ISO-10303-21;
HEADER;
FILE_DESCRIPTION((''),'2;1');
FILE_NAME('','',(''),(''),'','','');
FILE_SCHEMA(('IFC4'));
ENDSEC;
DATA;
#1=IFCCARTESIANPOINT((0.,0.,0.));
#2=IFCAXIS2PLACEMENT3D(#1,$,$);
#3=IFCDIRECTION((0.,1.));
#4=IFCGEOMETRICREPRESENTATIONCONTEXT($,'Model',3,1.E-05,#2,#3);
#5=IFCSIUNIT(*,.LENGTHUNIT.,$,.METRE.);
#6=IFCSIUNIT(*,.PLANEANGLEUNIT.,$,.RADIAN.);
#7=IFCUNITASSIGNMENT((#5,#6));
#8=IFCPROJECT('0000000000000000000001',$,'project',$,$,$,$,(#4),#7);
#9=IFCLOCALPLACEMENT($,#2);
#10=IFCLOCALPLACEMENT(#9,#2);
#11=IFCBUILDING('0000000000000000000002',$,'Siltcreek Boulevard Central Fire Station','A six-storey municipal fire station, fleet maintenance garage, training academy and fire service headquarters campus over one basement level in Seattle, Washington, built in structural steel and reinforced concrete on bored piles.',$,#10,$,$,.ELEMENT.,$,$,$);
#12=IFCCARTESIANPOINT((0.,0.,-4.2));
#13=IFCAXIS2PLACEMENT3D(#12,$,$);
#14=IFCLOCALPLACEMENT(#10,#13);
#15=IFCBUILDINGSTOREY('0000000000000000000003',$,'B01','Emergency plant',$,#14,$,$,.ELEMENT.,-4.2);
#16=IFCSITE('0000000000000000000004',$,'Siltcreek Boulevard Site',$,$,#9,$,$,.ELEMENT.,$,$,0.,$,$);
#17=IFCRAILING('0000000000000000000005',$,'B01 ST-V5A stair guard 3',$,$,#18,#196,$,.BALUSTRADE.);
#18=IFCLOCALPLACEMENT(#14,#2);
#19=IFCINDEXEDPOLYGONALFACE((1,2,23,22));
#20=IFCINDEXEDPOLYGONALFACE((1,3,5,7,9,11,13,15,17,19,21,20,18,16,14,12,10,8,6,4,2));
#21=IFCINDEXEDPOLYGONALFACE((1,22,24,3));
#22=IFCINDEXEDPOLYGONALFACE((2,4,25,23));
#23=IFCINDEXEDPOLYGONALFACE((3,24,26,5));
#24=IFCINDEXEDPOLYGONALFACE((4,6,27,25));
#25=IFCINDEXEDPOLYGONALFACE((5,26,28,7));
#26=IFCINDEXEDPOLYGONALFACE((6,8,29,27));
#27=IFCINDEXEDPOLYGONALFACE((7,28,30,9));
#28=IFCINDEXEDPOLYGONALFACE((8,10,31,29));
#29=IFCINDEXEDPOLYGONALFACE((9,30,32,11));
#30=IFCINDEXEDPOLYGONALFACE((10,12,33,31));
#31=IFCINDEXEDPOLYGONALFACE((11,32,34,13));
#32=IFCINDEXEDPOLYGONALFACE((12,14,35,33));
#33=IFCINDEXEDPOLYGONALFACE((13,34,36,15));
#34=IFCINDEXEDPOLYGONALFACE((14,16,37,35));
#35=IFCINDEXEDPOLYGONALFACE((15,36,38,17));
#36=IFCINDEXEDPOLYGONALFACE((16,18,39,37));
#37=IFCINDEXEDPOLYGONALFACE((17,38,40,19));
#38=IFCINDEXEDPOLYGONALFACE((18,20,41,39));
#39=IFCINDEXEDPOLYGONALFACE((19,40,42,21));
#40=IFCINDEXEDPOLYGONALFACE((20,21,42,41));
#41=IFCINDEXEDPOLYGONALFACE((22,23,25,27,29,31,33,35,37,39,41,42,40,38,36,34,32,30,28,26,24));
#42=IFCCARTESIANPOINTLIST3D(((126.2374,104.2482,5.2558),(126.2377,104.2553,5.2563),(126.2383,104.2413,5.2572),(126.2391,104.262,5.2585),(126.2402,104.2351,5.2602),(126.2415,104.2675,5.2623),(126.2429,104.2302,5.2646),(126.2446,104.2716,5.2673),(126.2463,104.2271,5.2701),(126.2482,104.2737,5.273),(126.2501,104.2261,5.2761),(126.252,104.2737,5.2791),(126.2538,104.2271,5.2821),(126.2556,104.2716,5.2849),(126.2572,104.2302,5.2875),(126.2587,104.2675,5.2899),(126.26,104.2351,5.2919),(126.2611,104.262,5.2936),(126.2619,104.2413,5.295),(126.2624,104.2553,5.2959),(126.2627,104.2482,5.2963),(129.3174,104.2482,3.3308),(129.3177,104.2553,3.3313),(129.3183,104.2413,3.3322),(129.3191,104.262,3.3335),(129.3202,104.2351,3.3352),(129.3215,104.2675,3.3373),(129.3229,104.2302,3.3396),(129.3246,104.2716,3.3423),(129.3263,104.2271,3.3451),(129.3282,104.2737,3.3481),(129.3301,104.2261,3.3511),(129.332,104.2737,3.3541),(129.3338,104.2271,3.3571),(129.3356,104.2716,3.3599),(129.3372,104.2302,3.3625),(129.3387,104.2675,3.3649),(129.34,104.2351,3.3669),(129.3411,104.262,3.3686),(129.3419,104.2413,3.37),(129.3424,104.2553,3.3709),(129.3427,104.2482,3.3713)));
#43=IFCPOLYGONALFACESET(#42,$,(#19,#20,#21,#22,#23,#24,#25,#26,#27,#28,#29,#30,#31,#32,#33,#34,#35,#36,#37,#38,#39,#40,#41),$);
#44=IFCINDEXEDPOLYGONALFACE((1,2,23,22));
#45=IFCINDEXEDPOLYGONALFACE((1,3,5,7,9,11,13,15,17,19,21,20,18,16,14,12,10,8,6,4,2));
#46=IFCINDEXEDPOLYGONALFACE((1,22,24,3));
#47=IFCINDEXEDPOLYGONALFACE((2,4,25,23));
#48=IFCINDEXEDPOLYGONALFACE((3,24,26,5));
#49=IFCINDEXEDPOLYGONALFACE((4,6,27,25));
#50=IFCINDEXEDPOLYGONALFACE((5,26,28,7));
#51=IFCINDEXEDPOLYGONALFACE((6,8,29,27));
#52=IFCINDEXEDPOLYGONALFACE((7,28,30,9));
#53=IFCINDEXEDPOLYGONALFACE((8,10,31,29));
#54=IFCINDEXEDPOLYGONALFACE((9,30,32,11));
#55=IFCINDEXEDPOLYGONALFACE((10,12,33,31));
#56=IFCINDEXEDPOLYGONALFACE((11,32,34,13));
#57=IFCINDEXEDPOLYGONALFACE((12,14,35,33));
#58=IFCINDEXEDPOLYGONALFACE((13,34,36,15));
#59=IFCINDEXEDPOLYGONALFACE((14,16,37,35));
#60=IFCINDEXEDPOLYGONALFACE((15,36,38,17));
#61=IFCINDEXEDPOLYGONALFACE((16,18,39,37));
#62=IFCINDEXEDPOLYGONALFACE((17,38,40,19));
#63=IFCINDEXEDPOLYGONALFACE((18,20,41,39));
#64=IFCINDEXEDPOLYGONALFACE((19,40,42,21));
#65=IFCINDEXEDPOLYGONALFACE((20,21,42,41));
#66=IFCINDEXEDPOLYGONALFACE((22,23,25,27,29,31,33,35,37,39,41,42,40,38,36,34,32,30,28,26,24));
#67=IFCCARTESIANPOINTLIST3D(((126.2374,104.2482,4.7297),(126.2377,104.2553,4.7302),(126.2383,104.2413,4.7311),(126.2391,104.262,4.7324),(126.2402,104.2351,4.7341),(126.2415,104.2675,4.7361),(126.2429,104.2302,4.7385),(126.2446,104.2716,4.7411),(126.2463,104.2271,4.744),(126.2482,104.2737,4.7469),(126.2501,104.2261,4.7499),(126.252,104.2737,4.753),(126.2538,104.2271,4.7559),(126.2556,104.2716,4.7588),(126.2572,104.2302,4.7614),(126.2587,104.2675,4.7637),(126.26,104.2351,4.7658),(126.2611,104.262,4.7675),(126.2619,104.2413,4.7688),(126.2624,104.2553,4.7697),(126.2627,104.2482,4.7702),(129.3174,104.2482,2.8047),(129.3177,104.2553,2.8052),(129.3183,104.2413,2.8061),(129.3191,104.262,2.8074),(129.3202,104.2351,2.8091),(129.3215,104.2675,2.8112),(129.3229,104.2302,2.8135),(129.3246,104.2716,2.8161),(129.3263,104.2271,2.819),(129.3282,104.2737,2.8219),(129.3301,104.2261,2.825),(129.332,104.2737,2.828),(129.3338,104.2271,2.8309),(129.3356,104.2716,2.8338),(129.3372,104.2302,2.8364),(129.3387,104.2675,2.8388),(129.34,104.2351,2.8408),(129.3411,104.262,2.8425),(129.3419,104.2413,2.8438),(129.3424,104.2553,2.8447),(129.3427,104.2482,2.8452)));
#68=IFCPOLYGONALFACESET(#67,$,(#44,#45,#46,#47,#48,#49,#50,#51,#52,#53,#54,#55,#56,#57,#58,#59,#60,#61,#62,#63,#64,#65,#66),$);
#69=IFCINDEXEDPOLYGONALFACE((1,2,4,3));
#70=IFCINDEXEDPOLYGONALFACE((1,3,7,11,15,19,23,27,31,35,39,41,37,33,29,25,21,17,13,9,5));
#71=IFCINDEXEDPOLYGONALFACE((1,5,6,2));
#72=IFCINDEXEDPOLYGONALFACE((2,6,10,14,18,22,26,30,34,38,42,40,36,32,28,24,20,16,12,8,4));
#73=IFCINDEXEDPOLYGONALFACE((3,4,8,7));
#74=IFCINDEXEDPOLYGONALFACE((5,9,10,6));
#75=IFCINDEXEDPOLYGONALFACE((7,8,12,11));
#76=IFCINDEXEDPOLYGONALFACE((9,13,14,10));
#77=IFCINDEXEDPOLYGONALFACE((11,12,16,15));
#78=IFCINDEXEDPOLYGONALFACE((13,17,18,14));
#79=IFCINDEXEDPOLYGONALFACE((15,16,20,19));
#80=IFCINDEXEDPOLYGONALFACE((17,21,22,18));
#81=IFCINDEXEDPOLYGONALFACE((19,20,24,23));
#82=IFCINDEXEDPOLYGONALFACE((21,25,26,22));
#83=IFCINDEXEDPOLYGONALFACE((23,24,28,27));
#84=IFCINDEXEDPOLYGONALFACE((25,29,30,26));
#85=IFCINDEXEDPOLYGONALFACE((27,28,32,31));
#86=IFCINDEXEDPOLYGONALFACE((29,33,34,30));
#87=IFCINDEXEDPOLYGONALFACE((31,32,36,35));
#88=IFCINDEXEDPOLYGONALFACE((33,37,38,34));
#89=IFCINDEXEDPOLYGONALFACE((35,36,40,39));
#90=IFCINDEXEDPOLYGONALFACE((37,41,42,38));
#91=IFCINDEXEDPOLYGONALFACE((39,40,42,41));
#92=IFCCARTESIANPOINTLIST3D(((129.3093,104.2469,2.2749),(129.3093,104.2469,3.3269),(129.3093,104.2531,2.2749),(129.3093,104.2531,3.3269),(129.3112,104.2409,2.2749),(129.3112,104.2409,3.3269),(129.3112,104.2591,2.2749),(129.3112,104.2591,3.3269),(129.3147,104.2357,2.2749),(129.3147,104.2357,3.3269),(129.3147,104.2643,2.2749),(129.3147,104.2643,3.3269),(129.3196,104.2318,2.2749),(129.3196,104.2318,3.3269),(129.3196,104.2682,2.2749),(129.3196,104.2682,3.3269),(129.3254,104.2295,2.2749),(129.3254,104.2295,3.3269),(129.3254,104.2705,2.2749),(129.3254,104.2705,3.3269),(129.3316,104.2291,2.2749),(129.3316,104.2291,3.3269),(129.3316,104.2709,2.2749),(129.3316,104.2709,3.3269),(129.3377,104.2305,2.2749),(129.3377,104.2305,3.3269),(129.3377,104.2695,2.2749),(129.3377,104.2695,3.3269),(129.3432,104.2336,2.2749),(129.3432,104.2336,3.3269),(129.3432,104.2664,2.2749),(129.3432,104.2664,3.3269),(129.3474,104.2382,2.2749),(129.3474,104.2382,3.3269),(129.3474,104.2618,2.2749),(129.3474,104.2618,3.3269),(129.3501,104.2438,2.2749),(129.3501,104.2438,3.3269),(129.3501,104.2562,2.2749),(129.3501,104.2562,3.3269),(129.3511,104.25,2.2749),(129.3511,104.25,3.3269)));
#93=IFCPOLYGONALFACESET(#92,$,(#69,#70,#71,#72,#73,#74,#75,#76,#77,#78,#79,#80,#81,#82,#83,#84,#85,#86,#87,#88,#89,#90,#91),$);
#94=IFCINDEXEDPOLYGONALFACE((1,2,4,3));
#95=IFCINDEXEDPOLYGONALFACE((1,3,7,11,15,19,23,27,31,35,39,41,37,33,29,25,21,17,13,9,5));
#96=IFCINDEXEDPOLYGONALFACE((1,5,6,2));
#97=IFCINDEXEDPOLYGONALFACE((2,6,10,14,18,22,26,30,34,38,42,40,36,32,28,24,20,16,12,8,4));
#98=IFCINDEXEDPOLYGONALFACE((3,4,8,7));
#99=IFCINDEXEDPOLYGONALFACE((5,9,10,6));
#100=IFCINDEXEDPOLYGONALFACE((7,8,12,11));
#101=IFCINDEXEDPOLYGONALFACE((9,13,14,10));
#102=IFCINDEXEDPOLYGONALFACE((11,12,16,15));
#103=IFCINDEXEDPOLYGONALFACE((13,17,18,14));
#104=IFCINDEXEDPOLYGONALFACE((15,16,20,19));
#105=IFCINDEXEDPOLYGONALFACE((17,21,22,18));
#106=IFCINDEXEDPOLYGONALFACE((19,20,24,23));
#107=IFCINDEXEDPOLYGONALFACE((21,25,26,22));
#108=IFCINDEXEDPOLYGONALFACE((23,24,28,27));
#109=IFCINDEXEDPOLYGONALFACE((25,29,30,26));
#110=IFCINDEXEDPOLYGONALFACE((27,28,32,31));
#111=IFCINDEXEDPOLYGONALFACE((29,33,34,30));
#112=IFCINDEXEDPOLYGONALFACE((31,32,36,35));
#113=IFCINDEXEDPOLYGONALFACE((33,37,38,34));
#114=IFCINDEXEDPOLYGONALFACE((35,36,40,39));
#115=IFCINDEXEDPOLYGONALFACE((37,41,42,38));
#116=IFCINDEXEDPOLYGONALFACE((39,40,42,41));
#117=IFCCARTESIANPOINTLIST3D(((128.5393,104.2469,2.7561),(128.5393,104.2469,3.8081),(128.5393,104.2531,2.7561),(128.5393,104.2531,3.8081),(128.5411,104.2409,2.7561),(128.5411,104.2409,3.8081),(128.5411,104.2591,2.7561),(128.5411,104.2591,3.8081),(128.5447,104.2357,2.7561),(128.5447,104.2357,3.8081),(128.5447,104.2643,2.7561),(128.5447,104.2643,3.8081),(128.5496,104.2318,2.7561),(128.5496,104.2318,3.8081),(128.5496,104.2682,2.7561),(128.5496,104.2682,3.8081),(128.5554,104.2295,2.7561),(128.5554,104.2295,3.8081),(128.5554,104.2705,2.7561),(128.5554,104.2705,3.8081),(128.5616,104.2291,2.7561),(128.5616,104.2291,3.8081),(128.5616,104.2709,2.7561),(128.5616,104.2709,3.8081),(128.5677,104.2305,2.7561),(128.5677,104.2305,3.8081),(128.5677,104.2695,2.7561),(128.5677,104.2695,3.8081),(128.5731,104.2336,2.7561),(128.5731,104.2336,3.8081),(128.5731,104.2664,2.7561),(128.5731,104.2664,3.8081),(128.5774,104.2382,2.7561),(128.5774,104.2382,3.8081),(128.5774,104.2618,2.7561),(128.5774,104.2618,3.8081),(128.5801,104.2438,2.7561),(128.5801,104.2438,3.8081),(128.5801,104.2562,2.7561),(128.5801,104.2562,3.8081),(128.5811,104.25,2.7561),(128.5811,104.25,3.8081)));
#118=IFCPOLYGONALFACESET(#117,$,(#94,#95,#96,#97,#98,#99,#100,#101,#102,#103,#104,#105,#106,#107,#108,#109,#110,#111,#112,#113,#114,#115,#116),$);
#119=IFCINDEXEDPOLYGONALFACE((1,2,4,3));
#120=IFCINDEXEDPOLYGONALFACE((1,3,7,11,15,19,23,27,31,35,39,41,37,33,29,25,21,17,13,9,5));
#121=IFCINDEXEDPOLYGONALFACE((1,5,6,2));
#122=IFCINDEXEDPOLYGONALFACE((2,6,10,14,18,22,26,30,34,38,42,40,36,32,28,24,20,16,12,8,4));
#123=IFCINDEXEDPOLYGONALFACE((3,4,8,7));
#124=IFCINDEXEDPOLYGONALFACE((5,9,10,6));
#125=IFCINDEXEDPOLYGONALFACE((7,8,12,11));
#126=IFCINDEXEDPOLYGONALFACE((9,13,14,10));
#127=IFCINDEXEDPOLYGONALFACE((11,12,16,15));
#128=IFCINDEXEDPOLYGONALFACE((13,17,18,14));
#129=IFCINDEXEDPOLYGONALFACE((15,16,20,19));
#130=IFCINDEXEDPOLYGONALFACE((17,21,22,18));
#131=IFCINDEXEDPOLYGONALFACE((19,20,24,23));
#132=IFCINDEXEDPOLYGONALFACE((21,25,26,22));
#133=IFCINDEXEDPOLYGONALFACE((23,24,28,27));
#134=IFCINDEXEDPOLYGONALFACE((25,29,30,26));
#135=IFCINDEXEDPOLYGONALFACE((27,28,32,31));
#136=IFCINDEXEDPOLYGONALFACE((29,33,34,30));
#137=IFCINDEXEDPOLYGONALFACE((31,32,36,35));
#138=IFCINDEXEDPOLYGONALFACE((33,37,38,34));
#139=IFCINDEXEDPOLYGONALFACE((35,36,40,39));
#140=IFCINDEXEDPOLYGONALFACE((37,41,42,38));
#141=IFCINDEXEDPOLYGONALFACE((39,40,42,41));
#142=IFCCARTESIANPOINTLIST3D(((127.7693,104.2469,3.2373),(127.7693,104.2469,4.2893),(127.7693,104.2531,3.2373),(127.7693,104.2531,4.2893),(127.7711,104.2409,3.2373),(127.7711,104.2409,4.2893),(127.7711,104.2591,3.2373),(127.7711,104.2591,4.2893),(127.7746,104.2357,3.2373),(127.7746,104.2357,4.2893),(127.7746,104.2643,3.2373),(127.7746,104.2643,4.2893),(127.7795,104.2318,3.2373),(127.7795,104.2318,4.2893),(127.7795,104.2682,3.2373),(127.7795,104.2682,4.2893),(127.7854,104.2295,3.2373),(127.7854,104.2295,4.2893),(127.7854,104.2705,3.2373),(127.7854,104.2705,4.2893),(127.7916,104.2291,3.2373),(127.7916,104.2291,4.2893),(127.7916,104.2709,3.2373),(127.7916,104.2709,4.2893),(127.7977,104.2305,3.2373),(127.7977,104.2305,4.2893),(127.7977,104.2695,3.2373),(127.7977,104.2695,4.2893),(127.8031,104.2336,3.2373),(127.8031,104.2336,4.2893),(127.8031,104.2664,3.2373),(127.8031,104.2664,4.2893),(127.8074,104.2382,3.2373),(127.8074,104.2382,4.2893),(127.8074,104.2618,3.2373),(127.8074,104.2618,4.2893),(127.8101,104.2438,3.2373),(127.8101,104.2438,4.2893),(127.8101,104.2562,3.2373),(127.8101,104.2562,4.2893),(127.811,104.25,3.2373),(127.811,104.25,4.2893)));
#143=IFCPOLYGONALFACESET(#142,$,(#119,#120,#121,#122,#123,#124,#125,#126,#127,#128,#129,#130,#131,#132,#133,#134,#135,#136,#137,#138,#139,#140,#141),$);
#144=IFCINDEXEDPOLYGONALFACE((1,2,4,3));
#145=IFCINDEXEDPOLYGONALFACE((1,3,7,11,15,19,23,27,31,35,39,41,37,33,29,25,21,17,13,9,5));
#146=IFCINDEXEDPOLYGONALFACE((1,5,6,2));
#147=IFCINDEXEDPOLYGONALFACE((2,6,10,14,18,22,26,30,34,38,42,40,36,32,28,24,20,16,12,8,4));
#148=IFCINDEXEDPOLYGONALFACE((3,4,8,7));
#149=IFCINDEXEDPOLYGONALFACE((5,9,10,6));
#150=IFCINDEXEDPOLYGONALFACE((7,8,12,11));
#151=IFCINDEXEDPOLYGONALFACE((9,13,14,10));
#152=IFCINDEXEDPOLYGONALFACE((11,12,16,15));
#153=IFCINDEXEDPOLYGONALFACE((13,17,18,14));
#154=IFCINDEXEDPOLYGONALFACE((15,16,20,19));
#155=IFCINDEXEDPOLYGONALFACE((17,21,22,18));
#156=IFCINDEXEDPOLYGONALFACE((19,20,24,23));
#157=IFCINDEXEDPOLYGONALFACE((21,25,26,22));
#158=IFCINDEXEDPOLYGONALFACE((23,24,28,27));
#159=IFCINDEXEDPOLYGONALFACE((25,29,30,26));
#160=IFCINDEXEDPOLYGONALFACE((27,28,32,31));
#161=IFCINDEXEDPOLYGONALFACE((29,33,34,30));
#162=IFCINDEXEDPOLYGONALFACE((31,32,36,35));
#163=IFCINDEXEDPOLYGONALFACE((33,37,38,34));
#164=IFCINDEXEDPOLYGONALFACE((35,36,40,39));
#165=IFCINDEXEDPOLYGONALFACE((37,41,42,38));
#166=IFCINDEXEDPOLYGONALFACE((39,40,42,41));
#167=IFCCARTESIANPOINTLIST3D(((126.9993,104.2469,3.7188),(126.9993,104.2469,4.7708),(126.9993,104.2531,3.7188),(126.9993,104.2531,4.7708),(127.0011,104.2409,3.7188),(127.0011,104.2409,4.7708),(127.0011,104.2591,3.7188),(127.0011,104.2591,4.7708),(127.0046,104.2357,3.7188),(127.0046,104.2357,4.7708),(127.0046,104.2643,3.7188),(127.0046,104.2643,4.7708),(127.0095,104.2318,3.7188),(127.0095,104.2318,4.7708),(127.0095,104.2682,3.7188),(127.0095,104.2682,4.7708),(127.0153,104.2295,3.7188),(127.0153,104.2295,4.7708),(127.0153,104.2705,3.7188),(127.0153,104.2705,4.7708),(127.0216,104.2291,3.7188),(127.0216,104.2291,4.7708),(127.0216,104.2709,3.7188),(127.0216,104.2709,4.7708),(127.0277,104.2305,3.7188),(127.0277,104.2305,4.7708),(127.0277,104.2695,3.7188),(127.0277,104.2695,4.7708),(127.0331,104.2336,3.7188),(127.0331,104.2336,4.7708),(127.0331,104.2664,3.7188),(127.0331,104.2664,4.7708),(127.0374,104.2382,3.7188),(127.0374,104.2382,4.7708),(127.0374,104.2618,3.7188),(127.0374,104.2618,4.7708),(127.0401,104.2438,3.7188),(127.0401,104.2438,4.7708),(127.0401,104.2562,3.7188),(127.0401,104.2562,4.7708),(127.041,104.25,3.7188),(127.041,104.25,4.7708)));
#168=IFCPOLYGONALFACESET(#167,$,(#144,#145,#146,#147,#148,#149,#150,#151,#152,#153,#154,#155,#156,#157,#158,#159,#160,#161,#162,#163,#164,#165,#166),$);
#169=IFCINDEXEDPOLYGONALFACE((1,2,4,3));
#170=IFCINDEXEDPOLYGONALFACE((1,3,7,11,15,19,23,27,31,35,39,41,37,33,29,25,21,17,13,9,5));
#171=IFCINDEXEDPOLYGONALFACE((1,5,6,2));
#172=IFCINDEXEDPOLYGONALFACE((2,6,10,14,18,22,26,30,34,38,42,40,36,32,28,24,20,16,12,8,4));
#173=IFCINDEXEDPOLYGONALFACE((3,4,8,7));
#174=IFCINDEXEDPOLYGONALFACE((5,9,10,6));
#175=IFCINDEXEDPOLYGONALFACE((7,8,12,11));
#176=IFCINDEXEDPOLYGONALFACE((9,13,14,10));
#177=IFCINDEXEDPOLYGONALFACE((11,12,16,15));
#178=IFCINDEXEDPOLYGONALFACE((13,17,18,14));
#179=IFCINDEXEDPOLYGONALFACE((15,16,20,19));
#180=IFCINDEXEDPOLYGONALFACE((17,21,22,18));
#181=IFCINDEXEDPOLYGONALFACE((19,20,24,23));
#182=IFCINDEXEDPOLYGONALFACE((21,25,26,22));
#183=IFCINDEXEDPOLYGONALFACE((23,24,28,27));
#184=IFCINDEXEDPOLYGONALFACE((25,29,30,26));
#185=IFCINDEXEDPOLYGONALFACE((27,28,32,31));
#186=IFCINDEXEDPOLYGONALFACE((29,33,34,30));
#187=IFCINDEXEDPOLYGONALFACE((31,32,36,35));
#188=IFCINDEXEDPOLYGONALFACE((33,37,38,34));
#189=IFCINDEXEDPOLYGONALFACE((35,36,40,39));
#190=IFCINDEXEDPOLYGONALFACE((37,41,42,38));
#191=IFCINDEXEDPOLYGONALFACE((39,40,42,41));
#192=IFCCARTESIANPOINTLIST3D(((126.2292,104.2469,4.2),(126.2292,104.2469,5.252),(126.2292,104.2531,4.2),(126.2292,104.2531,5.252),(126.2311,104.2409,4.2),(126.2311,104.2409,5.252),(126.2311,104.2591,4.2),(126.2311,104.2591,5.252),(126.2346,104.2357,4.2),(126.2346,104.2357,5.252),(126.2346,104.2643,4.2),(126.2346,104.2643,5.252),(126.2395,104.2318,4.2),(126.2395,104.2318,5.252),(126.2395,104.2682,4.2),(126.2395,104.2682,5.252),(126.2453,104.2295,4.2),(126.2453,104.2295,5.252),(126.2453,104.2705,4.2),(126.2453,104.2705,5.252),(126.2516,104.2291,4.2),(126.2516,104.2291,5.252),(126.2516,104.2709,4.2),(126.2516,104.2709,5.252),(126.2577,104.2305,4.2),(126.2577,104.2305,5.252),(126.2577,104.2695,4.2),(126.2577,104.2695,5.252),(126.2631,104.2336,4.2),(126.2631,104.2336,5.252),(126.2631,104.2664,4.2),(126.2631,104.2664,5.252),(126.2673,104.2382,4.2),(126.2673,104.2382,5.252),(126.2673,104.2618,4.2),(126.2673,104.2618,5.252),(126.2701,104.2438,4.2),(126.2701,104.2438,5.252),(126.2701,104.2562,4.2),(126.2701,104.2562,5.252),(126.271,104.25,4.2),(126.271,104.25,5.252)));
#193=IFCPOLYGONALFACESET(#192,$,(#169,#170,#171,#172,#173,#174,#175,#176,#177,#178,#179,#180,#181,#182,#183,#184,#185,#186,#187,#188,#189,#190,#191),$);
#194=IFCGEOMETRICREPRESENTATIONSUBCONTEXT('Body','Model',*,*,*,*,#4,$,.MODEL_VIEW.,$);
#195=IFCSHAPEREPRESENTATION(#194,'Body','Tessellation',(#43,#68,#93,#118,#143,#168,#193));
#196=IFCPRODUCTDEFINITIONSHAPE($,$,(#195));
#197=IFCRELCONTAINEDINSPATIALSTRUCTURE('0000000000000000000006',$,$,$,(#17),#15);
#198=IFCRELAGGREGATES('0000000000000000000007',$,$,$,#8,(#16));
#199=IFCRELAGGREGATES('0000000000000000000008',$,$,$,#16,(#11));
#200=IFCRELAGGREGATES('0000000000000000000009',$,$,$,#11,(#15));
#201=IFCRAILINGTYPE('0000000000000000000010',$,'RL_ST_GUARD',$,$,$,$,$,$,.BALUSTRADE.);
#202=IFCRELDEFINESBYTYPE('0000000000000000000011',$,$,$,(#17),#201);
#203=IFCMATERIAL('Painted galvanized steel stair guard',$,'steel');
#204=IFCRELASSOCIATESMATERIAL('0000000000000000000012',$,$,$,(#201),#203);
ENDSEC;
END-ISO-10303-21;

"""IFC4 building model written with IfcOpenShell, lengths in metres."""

from ifc_helpers import new_model, si_unit, direction, frame, origin, origin_2d, place, context, subcontext, project, spatial, circle, extrude, material, type_object, element, save


model = new_model("IFC4")

# Units and contexts
model_context = context("Model", 3, precision=1e-05, world=origin(), true_north=direction((0.0, 1.0)))
body_context = subcontext(model_context, "Body", "Model", "MODEL_VIEW")
ifc_project = project(units=[si_unit("LENGTHUNIT", "METRE"), si_unit("PLANEANGLEUNIT", "RADIAN")], contexts=[model_context])

# Site, building, storey
site_placement = place(None, origin())
site = spatial("IfcSite", under=ifc_project, at=site_placement, Name="Siltcreek Boulevard Site", CompositionType="ELEMENT", RefElevation=0.0)
building_placement = place(site_placement, origin())
building = spatial("IfcBuilding", under=site, at=building_placement, Name="Siltcreek Boulevard Central Fire Station", Description="A six-storey municipal fire station, fleet maintenance garage, training academy and fire service headquarters campus over one basement level in Seattle, Washington, built in structural steel and reinforced concrete on bored piles.", CompositionType="ELEMENT")
storey_placement = place(building_placement, frame((0.0, 0.0, -4.2)))
storey = spatial("IfcBuildingStorey", under=building, at=storey_placement, Name="B01", Description="Emergency plant", CompositionType="ELEMENT", Elevation=-4.2)

# Railing
ifc_material_1 = material(Name="Painted galvanized steel stair guard", Category="steel")
railing_type_1 = type_object("IfcRailingType", Name="RL_ST_GUARD", PredefinedType="BALUSTRADE", material=ifc_material_1)
railing_1_placement = place(storey_placement, frame((129.3301, 104.25, 2.2749)))
element("IfcRailing", 1, at=railing_1_placement, inside=storey, type_object=railing_type_1, Name="B01 ST-V5A stair guard 3", PredefinedType="BALUSTRADE", context=body_context, shape_type="SweptSolid", body=[
    extrude(circle(Radius=0.0239, at=origin_2d()), frame((0.0, 0.0, 1.0762), z_axis=(-0.847998, 0.0, 0.529999), x_axis=(0.0, -1.0, 0.0)), (0.0, 0.0, 1.0), 3.6321),
    extrude(circle(Radius=0.0239, at=origin_2d()), frame((0.0, 0.0, 0.55), z_axis=(-0.847998, 0.0, 0.529999), x_axis=(0.0, -1.0, 0.0)), (0.0, 0.0, 1.0), 3.6321),
    extrude(circle(Radius=0.021, at=origin_2d()), origin(), (0.0, 0.0, 1.0), 1.052),
    extrude(circle(Radius=0.021, at=origin_2d()), frame((-0.77, 0.0, 0.4812)), (0.0, 0.0, 1.0), 1.052),
    extrude(circle(Radius=0.021, at=origin_2d()), frame((-1.54, 0.0, 0.9624)), (0.0, 0.0, 1.0), 1.052),
    extrude(circle(Radius=0.021, at=origin_2d()), frame((-2.3101, 0.0, 1.4438)), (0.0, 0.0, 1.0), 1.052),
    extrude(circle(Radius=0.021, at=origin_2d()), frame((-3.0801, 0.0, 1.925)), (0.0, 0.0, 1.0), 1.052),
])

save(model, "model.ifc")
